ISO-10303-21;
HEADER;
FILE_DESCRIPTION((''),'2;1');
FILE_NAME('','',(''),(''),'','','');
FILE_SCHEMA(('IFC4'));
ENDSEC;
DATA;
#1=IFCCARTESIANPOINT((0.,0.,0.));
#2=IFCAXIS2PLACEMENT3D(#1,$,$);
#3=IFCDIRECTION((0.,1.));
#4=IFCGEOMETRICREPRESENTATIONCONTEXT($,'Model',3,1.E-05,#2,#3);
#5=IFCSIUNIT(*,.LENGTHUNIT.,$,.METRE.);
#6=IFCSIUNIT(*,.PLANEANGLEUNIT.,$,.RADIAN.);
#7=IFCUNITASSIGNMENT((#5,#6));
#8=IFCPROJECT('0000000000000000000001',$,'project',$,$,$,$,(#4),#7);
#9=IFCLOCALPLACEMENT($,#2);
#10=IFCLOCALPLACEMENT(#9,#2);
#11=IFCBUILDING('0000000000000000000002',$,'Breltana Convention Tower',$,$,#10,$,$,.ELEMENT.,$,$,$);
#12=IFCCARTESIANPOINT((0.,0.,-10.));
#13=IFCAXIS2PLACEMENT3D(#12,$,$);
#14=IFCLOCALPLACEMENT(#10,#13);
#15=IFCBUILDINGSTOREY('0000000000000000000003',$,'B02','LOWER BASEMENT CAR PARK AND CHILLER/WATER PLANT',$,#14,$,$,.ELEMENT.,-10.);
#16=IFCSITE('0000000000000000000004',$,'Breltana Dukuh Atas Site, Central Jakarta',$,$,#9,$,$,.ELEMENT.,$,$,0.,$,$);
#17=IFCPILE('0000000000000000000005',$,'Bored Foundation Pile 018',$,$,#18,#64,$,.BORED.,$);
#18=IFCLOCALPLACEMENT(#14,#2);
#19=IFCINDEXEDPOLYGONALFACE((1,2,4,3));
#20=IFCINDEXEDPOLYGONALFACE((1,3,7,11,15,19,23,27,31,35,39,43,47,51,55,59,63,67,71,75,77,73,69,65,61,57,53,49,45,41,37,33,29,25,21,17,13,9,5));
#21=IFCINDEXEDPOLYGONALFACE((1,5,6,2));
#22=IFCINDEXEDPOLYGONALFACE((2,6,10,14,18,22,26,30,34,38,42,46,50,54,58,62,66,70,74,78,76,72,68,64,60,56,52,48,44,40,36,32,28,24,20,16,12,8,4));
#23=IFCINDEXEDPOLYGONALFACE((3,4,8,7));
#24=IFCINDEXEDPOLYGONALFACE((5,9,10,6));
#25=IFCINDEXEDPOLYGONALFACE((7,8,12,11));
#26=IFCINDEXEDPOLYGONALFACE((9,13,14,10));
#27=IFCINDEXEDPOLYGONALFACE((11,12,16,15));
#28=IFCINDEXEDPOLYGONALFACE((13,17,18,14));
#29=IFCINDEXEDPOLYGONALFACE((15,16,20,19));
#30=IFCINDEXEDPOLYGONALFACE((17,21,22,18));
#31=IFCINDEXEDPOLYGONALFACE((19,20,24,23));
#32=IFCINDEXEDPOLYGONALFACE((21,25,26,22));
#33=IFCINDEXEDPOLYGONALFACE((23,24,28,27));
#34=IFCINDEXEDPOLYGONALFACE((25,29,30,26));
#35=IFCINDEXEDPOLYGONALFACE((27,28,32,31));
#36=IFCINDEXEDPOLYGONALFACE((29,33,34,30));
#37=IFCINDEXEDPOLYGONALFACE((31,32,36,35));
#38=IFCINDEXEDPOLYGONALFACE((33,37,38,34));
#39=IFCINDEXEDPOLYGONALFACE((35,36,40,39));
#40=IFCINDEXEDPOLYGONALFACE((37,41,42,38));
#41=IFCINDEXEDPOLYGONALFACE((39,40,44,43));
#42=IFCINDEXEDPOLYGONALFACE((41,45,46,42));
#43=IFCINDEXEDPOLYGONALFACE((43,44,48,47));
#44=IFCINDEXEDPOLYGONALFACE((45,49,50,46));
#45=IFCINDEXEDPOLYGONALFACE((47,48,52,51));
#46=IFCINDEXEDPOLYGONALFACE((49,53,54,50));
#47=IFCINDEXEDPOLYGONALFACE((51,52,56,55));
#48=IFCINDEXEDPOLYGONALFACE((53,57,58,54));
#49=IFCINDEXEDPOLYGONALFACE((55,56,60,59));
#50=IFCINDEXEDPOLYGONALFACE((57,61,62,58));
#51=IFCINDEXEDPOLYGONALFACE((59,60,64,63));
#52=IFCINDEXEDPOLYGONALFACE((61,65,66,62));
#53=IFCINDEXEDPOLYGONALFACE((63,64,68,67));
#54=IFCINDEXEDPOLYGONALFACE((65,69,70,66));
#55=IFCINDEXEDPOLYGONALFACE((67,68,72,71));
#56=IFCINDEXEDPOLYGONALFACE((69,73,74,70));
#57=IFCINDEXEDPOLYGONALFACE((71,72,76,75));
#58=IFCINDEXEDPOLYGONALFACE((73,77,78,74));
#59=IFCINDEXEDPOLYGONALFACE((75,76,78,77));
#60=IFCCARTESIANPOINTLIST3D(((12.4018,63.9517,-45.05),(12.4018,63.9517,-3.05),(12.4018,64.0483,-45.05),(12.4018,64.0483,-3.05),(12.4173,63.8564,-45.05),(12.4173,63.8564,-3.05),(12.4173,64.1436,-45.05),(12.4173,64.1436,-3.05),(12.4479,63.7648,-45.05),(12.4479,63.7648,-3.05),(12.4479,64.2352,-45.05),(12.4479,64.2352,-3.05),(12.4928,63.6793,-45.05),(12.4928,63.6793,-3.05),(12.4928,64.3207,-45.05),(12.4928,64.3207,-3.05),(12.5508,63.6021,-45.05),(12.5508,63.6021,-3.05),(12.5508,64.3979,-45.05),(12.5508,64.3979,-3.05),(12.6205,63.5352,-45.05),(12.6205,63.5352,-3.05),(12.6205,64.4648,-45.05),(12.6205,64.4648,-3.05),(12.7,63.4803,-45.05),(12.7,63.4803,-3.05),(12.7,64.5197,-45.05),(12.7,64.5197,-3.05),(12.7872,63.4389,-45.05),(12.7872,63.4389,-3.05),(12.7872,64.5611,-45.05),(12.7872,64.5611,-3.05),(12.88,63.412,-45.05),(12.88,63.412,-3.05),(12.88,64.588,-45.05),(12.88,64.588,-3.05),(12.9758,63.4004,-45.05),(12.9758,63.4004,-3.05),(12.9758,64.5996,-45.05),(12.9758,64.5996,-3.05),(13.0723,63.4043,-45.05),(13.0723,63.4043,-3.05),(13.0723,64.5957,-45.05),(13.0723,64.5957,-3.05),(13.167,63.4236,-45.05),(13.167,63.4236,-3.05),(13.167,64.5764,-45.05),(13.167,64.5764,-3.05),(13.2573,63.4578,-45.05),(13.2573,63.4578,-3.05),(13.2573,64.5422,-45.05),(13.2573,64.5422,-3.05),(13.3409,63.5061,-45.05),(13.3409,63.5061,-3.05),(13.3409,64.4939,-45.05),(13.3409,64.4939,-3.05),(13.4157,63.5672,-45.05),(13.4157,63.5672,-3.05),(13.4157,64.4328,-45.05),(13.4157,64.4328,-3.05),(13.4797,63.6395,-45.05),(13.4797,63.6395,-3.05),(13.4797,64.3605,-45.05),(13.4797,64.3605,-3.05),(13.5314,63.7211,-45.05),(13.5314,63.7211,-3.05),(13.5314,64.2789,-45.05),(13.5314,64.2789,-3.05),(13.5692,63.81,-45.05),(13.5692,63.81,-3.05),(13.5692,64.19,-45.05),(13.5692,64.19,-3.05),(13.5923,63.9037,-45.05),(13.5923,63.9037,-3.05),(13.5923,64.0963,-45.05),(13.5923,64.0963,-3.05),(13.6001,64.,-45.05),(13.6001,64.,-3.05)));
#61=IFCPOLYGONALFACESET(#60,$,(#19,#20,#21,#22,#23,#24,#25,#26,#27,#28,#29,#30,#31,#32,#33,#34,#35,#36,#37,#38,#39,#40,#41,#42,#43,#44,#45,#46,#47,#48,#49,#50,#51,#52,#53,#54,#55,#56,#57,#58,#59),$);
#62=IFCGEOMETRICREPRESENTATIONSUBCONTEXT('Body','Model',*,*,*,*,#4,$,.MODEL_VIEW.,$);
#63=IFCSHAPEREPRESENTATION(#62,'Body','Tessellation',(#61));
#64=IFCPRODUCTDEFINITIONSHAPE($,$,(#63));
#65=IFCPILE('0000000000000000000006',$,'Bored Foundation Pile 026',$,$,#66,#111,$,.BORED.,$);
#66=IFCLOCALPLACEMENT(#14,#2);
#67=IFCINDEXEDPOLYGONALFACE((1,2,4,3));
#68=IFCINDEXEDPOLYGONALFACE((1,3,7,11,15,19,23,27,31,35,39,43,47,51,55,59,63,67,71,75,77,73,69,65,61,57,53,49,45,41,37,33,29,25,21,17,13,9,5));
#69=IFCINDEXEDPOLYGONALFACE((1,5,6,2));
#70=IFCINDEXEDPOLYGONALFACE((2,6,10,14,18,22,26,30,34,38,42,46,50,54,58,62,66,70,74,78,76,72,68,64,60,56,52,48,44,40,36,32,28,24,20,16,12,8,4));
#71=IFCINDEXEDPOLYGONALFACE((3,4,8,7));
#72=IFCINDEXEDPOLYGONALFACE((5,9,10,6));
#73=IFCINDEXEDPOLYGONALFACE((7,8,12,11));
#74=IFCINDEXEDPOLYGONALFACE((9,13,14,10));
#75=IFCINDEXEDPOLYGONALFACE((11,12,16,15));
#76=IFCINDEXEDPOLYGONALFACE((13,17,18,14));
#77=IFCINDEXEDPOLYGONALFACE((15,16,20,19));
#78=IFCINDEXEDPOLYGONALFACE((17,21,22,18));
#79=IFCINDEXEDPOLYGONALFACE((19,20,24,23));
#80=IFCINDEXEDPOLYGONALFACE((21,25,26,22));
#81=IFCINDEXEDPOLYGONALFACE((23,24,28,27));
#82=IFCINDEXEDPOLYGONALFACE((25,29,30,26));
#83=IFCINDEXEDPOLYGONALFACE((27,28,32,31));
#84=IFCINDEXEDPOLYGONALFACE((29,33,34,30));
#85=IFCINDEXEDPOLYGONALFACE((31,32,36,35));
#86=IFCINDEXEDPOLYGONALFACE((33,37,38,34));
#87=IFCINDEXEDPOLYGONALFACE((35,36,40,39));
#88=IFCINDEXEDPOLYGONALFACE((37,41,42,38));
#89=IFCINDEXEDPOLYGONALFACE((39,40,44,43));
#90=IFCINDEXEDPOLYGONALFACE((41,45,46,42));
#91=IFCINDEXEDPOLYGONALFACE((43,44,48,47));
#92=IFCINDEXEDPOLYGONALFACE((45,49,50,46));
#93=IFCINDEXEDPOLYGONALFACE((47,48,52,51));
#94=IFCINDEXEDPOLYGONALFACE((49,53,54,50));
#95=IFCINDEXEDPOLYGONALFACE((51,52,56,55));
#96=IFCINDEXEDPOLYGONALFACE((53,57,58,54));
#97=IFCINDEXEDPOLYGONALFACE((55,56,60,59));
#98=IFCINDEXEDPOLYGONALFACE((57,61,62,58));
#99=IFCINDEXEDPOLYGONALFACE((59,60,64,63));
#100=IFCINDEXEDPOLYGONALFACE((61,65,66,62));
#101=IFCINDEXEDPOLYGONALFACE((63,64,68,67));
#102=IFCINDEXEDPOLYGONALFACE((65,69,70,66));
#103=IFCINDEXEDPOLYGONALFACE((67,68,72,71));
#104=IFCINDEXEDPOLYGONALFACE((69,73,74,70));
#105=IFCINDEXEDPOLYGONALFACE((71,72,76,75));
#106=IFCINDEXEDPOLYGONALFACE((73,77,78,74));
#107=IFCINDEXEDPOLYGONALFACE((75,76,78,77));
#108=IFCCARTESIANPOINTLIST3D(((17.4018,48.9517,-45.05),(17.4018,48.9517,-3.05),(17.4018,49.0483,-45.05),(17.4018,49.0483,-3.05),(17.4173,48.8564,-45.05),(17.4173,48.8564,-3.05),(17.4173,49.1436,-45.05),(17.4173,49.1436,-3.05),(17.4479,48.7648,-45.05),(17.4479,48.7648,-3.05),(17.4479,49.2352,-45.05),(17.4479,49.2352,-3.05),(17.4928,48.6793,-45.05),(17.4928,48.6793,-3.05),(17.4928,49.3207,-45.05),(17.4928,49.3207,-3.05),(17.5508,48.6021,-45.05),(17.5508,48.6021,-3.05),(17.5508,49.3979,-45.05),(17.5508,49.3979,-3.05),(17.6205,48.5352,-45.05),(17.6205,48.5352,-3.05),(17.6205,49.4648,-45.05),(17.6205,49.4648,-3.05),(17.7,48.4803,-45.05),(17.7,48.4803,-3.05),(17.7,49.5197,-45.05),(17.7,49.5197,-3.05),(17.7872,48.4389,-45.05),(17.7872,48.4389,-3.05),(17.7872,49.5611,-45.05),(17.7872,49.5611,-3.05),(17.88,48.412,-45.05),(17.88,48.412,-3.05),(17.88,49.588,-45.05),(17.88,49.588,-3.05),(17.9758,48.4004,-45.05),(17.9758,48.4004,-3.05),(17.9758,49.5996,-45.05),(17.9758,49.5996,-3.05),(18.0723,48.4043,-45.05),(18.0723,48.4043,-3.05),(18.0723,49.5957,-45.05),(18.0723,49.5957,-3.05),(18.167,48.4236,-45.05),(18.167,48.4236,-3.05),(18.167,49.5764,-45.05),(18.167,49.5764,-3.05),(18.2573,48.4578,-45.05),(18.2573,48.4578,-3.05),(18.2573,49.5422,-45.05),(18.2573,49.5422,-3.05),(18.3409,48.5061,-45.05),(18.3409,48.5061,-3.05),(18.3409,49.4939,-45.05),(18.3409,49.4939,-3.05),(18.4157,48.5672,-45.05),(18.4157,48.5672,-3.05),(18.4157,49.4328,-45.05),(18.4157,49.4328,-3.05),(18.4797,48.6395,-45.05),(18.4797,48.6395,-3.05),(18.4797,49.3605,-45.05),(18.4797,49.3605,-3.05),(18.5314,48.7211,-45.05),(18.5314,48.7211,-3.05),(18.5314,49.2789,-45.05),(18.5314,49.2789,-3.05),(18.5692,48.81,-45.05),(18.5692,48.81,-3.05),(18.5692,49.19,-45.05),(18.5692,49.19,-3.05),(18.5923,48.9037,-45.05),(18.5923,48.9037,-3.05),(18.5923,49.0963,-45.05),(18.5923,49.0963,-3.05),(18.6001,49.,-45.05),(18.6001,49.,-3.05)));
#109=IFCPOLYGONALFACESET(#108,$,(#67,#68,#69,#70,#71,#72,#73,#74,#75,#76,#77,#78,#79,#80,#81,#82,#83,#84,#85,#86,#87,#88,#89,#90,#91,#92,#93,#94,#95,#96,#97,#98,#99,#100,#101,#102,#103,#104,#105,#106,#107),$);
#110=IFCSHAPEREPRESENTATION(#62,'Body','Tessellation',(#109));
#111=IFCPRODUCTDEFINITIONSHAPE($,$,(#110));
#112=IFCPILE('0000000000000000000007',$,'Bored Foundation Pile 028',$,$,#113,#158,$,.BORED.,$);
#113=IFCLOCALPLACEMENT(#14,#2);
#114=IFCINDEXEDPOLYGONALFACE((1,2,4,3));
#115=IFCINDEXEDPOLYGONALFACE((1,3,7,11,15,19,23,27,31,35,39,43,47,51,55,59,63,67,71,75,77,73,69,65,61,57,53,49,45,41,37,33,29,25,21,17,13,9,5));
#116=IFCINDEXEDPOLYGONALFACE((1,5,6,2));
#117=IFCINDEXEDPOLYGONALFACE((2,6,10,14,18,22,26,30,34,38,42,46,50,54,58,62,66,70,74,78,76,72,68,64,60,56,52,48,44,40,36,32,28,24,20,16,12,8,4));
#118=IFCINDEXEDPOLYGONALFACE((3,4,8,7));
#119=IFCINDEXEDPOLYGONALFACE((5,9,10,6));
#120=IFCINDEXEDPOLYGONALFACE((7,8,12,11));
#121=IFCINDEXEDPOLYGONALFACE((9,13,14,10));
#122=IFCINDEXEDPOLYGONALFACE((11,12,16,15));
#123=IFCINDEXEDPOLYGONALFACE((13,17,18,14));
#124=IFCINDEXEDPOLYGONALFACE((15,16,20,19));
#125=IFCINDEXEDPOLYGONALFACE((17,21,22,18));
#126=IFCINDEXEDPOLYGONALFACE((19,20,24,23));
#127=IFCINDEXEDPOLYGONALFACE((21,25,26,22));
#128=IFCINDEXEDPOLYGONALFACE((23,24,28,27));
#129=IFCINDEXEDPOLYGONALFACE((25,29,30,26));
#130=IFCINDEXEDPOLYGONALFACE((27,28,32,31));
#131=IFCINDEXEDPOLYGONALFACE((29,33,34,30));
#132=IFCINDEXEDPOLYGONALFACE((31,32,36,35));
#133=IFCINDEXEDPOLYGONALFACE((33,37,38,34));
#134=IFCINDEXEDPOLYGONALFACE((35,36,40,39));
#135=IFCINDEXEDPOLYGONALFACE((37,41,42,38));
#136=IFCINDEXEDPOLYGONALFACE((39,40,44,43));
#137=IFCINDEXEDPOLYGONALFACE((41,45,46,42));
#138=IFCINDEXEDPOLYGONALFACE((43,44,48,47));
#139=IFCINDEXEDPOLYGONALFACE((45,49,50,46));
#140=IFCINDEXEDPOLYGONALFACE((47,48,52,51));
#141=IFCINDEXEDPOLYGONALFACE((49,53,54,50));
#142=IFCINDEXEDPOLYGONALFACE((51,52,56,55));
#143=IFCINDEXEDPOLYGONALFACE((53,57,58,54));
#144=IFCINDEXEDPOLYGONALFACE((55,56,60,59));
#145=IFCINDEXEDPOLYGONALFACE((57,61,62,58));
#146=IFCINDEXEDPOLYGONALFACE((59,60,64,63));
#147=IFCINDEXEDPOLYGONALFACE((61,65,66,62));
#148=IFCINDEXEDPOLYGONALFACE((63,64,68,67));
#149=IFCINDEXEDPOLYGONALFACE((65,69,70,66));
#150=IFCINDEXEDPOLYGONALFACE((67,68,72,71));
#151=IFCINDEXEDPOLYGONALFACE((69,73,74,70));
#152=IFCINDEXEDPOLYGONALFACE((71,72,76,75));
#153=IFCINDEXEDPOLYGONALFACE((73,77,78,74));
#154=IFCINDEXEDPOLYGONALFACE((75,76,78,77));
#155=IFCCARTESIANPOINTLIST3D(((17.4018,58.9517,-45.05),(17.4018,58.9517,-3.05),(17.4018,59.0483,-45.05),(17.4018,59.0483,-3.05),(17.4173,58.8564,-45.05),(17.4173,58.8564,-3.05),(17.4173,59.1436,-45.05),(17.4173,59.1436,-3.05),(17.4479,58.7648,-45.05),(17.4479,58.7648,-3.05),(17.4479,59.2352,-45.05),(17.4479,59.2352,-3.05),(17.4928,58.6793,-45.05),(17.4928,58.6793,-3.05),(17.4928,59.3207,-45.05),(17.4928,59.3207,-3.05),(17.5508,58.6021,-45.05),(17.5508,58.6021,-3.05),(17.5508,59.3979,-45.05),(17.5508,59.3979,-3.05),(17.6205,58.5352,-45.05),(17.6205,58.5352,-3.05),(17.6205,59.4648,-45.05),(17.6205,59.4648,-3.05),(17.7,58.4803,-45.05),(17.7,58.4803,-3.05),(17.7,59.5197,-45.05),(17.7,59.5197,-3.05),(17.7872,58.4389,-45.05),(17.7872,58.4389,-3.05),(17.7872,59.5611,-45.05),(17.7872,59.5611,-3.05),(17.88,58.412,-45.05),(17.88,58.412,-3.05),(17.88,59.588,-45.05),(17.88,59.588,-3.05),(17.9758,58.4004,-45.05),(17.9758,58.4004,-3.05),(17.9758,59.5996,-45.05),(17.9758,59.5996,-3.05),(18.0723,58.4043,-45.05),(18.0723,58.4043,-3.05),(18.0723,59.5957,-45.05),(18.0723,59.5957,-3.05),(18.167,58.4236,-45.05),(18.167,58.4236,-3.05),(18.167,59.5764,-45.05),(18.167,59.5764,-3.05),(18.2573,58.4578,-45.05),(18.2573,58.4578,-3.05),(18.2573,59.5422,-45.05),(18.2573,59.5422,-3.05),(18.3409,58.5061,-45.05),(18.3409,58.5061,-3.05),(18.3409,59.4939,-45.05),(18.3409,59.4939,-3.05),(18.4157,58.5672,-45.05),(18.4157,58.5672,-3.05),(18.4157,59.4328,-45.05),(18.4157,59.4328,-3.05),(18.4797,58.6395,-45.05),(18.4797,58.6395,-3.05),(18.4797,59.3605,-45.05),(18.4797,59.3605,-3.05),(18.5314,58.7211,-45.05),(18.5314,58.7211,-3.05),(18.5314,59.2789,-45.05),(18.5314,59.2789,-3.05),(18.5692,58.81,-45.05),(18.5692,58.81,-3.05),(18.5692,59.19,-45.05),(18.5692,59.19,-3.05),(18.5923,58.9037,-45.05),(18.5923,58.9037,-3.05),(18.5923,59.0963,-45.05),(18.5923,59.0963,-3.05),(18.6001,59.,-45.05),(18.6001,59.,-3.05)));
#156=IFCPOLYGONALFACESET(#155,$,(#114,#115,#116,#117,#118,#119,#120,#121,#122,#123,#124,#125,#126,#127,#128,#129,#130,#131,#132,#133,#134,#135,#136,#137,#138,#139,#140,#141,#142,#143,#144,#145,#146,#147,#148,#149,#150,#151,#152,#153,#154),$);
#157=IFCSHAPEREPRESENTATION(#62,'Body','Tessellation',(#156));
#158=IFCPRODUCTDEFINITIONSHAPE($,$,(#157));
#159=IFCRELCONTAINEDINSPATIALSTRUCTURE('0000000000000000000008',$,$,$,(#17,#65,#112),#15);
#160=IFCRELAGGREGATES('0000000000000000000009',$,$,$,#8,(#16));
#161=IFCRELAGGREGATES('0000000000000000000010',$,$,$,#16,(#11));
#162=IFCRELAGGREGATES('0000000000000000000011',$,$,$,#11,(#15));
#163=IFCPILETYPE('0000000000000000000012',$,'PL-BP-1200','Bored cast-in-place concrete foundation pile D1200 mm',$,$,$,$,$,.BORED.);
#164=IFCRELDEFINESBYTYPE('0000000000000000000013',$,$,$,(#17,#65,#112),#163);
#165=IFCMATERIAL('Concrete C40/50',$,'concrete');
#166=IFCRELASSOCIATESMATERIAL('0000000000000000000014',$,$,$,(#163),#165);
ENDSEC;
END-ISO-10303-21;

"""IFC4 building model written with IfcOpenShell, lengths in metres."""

from ifc_helpers import new_model, si_unit, direction, frame, origin, origin_2d, place, context, subcontext, project, spatial, circle, extrude, source, transform, mapped, material, material_profile, profile_set, type_object, type_shapes, element, save


model = new_model("IFC4")

# Units and contexts
model_context = context("Model", 3, precision=1e-05, world=origin(), true_north=direction((0.0, 1.0)))
body_context = subcontext(model_context, "Body", "Model", "MODEL_VIEW")
ifc_project = project(units=[si_unit("LENGTHUNIT", "METRE"), si_unit("PLANEANGLEUNIT", "RADIAN")], contexts=[model_context])

# Site, building, storey
site_placement = place(None, origin())
site = spatial("IfcSite", under=ifc_project, at=site_placement, Name="Breltana Dukuh Atas Site, Central Jakarta", CompositionType="ELEMENT", RefElevation=0.0)
building_placement = place(site_placement, origin())
building = spatial("IfcBuilding", under=site, at=building_placement, Name="Breltana Convention Tower", CompositionType="ELEMENT")
storey_placement = place(building_placement, frame((0.0, 0.0, -10.0)))
storey = spatial("IfcBuildingStorey", under=building, at=storey_placement, Name="B02", Description="LOWER BASEMENT CAR PARK AND CHILLER/WATER PLANT", CompositionType="ELEMENT", Elevation=-10.0)

# Piles
ifc_material_1 = material(Name="Concrete C40/50", Category="concrete")
ifc_material_profile_1 = material_profile(ifc_material_1, circle(Radius=0.6001, at=origin_2d()), Name="BP-D1200")
ifc_profile_set_1 = profile_set([ifc_material_profile_1], Name="Concrete C40/50")
pile_type_1 = type_object("IfcPileType", Name="PL-BP-1200", Description="Bored cast-in-place concrete foundation pile D1200 mm", PredefinedType="BORED", material=ifc_profile_set_1)
shared_shape_1 = source(origin(), body_context, "Body", "SweptSolid", [
    extrude(circle(Radius=0.6001, at=origin_2d()), origin(), (0.0, 0.0, 1.0), 42.0),
])
type_shapes(pile_type_1, [shared_shape_1])
for number, where, z_axis, x_axis, name in (
    (1, (13.0, 64.0, -3.05), (0.0, 0.0, -1.0), (1.0, 0.0, 0.0), "Bored Foundation Pile 018"),
    (2, (18.0, 49.0, -3.05), (0.0, 0.0, -1.0), (1.0, 0.0, 0.0), "Bored Foundation Pile 026"),
    (3, (18.0, 59.0, -3.05), (0.0, 0.0, -1.0), (1.0, 0.0, 0.0), "Bored Foundation Pile 028"),
):
    element("IfcPile", number, at=place(storey_placement, frame(where, z_axis=z_axis, x_axis=x_axis)), inside=storey, type_object=pile_type_1, Name=name, PredefinedType="BORED", context=body_context, shape_type="MappedRepresentation", body=[
        mapped(shared_shape_1, transform((0.0, 0.0, 0.0), scale=1.0)),
    ])

save(model, "model.ifc")
